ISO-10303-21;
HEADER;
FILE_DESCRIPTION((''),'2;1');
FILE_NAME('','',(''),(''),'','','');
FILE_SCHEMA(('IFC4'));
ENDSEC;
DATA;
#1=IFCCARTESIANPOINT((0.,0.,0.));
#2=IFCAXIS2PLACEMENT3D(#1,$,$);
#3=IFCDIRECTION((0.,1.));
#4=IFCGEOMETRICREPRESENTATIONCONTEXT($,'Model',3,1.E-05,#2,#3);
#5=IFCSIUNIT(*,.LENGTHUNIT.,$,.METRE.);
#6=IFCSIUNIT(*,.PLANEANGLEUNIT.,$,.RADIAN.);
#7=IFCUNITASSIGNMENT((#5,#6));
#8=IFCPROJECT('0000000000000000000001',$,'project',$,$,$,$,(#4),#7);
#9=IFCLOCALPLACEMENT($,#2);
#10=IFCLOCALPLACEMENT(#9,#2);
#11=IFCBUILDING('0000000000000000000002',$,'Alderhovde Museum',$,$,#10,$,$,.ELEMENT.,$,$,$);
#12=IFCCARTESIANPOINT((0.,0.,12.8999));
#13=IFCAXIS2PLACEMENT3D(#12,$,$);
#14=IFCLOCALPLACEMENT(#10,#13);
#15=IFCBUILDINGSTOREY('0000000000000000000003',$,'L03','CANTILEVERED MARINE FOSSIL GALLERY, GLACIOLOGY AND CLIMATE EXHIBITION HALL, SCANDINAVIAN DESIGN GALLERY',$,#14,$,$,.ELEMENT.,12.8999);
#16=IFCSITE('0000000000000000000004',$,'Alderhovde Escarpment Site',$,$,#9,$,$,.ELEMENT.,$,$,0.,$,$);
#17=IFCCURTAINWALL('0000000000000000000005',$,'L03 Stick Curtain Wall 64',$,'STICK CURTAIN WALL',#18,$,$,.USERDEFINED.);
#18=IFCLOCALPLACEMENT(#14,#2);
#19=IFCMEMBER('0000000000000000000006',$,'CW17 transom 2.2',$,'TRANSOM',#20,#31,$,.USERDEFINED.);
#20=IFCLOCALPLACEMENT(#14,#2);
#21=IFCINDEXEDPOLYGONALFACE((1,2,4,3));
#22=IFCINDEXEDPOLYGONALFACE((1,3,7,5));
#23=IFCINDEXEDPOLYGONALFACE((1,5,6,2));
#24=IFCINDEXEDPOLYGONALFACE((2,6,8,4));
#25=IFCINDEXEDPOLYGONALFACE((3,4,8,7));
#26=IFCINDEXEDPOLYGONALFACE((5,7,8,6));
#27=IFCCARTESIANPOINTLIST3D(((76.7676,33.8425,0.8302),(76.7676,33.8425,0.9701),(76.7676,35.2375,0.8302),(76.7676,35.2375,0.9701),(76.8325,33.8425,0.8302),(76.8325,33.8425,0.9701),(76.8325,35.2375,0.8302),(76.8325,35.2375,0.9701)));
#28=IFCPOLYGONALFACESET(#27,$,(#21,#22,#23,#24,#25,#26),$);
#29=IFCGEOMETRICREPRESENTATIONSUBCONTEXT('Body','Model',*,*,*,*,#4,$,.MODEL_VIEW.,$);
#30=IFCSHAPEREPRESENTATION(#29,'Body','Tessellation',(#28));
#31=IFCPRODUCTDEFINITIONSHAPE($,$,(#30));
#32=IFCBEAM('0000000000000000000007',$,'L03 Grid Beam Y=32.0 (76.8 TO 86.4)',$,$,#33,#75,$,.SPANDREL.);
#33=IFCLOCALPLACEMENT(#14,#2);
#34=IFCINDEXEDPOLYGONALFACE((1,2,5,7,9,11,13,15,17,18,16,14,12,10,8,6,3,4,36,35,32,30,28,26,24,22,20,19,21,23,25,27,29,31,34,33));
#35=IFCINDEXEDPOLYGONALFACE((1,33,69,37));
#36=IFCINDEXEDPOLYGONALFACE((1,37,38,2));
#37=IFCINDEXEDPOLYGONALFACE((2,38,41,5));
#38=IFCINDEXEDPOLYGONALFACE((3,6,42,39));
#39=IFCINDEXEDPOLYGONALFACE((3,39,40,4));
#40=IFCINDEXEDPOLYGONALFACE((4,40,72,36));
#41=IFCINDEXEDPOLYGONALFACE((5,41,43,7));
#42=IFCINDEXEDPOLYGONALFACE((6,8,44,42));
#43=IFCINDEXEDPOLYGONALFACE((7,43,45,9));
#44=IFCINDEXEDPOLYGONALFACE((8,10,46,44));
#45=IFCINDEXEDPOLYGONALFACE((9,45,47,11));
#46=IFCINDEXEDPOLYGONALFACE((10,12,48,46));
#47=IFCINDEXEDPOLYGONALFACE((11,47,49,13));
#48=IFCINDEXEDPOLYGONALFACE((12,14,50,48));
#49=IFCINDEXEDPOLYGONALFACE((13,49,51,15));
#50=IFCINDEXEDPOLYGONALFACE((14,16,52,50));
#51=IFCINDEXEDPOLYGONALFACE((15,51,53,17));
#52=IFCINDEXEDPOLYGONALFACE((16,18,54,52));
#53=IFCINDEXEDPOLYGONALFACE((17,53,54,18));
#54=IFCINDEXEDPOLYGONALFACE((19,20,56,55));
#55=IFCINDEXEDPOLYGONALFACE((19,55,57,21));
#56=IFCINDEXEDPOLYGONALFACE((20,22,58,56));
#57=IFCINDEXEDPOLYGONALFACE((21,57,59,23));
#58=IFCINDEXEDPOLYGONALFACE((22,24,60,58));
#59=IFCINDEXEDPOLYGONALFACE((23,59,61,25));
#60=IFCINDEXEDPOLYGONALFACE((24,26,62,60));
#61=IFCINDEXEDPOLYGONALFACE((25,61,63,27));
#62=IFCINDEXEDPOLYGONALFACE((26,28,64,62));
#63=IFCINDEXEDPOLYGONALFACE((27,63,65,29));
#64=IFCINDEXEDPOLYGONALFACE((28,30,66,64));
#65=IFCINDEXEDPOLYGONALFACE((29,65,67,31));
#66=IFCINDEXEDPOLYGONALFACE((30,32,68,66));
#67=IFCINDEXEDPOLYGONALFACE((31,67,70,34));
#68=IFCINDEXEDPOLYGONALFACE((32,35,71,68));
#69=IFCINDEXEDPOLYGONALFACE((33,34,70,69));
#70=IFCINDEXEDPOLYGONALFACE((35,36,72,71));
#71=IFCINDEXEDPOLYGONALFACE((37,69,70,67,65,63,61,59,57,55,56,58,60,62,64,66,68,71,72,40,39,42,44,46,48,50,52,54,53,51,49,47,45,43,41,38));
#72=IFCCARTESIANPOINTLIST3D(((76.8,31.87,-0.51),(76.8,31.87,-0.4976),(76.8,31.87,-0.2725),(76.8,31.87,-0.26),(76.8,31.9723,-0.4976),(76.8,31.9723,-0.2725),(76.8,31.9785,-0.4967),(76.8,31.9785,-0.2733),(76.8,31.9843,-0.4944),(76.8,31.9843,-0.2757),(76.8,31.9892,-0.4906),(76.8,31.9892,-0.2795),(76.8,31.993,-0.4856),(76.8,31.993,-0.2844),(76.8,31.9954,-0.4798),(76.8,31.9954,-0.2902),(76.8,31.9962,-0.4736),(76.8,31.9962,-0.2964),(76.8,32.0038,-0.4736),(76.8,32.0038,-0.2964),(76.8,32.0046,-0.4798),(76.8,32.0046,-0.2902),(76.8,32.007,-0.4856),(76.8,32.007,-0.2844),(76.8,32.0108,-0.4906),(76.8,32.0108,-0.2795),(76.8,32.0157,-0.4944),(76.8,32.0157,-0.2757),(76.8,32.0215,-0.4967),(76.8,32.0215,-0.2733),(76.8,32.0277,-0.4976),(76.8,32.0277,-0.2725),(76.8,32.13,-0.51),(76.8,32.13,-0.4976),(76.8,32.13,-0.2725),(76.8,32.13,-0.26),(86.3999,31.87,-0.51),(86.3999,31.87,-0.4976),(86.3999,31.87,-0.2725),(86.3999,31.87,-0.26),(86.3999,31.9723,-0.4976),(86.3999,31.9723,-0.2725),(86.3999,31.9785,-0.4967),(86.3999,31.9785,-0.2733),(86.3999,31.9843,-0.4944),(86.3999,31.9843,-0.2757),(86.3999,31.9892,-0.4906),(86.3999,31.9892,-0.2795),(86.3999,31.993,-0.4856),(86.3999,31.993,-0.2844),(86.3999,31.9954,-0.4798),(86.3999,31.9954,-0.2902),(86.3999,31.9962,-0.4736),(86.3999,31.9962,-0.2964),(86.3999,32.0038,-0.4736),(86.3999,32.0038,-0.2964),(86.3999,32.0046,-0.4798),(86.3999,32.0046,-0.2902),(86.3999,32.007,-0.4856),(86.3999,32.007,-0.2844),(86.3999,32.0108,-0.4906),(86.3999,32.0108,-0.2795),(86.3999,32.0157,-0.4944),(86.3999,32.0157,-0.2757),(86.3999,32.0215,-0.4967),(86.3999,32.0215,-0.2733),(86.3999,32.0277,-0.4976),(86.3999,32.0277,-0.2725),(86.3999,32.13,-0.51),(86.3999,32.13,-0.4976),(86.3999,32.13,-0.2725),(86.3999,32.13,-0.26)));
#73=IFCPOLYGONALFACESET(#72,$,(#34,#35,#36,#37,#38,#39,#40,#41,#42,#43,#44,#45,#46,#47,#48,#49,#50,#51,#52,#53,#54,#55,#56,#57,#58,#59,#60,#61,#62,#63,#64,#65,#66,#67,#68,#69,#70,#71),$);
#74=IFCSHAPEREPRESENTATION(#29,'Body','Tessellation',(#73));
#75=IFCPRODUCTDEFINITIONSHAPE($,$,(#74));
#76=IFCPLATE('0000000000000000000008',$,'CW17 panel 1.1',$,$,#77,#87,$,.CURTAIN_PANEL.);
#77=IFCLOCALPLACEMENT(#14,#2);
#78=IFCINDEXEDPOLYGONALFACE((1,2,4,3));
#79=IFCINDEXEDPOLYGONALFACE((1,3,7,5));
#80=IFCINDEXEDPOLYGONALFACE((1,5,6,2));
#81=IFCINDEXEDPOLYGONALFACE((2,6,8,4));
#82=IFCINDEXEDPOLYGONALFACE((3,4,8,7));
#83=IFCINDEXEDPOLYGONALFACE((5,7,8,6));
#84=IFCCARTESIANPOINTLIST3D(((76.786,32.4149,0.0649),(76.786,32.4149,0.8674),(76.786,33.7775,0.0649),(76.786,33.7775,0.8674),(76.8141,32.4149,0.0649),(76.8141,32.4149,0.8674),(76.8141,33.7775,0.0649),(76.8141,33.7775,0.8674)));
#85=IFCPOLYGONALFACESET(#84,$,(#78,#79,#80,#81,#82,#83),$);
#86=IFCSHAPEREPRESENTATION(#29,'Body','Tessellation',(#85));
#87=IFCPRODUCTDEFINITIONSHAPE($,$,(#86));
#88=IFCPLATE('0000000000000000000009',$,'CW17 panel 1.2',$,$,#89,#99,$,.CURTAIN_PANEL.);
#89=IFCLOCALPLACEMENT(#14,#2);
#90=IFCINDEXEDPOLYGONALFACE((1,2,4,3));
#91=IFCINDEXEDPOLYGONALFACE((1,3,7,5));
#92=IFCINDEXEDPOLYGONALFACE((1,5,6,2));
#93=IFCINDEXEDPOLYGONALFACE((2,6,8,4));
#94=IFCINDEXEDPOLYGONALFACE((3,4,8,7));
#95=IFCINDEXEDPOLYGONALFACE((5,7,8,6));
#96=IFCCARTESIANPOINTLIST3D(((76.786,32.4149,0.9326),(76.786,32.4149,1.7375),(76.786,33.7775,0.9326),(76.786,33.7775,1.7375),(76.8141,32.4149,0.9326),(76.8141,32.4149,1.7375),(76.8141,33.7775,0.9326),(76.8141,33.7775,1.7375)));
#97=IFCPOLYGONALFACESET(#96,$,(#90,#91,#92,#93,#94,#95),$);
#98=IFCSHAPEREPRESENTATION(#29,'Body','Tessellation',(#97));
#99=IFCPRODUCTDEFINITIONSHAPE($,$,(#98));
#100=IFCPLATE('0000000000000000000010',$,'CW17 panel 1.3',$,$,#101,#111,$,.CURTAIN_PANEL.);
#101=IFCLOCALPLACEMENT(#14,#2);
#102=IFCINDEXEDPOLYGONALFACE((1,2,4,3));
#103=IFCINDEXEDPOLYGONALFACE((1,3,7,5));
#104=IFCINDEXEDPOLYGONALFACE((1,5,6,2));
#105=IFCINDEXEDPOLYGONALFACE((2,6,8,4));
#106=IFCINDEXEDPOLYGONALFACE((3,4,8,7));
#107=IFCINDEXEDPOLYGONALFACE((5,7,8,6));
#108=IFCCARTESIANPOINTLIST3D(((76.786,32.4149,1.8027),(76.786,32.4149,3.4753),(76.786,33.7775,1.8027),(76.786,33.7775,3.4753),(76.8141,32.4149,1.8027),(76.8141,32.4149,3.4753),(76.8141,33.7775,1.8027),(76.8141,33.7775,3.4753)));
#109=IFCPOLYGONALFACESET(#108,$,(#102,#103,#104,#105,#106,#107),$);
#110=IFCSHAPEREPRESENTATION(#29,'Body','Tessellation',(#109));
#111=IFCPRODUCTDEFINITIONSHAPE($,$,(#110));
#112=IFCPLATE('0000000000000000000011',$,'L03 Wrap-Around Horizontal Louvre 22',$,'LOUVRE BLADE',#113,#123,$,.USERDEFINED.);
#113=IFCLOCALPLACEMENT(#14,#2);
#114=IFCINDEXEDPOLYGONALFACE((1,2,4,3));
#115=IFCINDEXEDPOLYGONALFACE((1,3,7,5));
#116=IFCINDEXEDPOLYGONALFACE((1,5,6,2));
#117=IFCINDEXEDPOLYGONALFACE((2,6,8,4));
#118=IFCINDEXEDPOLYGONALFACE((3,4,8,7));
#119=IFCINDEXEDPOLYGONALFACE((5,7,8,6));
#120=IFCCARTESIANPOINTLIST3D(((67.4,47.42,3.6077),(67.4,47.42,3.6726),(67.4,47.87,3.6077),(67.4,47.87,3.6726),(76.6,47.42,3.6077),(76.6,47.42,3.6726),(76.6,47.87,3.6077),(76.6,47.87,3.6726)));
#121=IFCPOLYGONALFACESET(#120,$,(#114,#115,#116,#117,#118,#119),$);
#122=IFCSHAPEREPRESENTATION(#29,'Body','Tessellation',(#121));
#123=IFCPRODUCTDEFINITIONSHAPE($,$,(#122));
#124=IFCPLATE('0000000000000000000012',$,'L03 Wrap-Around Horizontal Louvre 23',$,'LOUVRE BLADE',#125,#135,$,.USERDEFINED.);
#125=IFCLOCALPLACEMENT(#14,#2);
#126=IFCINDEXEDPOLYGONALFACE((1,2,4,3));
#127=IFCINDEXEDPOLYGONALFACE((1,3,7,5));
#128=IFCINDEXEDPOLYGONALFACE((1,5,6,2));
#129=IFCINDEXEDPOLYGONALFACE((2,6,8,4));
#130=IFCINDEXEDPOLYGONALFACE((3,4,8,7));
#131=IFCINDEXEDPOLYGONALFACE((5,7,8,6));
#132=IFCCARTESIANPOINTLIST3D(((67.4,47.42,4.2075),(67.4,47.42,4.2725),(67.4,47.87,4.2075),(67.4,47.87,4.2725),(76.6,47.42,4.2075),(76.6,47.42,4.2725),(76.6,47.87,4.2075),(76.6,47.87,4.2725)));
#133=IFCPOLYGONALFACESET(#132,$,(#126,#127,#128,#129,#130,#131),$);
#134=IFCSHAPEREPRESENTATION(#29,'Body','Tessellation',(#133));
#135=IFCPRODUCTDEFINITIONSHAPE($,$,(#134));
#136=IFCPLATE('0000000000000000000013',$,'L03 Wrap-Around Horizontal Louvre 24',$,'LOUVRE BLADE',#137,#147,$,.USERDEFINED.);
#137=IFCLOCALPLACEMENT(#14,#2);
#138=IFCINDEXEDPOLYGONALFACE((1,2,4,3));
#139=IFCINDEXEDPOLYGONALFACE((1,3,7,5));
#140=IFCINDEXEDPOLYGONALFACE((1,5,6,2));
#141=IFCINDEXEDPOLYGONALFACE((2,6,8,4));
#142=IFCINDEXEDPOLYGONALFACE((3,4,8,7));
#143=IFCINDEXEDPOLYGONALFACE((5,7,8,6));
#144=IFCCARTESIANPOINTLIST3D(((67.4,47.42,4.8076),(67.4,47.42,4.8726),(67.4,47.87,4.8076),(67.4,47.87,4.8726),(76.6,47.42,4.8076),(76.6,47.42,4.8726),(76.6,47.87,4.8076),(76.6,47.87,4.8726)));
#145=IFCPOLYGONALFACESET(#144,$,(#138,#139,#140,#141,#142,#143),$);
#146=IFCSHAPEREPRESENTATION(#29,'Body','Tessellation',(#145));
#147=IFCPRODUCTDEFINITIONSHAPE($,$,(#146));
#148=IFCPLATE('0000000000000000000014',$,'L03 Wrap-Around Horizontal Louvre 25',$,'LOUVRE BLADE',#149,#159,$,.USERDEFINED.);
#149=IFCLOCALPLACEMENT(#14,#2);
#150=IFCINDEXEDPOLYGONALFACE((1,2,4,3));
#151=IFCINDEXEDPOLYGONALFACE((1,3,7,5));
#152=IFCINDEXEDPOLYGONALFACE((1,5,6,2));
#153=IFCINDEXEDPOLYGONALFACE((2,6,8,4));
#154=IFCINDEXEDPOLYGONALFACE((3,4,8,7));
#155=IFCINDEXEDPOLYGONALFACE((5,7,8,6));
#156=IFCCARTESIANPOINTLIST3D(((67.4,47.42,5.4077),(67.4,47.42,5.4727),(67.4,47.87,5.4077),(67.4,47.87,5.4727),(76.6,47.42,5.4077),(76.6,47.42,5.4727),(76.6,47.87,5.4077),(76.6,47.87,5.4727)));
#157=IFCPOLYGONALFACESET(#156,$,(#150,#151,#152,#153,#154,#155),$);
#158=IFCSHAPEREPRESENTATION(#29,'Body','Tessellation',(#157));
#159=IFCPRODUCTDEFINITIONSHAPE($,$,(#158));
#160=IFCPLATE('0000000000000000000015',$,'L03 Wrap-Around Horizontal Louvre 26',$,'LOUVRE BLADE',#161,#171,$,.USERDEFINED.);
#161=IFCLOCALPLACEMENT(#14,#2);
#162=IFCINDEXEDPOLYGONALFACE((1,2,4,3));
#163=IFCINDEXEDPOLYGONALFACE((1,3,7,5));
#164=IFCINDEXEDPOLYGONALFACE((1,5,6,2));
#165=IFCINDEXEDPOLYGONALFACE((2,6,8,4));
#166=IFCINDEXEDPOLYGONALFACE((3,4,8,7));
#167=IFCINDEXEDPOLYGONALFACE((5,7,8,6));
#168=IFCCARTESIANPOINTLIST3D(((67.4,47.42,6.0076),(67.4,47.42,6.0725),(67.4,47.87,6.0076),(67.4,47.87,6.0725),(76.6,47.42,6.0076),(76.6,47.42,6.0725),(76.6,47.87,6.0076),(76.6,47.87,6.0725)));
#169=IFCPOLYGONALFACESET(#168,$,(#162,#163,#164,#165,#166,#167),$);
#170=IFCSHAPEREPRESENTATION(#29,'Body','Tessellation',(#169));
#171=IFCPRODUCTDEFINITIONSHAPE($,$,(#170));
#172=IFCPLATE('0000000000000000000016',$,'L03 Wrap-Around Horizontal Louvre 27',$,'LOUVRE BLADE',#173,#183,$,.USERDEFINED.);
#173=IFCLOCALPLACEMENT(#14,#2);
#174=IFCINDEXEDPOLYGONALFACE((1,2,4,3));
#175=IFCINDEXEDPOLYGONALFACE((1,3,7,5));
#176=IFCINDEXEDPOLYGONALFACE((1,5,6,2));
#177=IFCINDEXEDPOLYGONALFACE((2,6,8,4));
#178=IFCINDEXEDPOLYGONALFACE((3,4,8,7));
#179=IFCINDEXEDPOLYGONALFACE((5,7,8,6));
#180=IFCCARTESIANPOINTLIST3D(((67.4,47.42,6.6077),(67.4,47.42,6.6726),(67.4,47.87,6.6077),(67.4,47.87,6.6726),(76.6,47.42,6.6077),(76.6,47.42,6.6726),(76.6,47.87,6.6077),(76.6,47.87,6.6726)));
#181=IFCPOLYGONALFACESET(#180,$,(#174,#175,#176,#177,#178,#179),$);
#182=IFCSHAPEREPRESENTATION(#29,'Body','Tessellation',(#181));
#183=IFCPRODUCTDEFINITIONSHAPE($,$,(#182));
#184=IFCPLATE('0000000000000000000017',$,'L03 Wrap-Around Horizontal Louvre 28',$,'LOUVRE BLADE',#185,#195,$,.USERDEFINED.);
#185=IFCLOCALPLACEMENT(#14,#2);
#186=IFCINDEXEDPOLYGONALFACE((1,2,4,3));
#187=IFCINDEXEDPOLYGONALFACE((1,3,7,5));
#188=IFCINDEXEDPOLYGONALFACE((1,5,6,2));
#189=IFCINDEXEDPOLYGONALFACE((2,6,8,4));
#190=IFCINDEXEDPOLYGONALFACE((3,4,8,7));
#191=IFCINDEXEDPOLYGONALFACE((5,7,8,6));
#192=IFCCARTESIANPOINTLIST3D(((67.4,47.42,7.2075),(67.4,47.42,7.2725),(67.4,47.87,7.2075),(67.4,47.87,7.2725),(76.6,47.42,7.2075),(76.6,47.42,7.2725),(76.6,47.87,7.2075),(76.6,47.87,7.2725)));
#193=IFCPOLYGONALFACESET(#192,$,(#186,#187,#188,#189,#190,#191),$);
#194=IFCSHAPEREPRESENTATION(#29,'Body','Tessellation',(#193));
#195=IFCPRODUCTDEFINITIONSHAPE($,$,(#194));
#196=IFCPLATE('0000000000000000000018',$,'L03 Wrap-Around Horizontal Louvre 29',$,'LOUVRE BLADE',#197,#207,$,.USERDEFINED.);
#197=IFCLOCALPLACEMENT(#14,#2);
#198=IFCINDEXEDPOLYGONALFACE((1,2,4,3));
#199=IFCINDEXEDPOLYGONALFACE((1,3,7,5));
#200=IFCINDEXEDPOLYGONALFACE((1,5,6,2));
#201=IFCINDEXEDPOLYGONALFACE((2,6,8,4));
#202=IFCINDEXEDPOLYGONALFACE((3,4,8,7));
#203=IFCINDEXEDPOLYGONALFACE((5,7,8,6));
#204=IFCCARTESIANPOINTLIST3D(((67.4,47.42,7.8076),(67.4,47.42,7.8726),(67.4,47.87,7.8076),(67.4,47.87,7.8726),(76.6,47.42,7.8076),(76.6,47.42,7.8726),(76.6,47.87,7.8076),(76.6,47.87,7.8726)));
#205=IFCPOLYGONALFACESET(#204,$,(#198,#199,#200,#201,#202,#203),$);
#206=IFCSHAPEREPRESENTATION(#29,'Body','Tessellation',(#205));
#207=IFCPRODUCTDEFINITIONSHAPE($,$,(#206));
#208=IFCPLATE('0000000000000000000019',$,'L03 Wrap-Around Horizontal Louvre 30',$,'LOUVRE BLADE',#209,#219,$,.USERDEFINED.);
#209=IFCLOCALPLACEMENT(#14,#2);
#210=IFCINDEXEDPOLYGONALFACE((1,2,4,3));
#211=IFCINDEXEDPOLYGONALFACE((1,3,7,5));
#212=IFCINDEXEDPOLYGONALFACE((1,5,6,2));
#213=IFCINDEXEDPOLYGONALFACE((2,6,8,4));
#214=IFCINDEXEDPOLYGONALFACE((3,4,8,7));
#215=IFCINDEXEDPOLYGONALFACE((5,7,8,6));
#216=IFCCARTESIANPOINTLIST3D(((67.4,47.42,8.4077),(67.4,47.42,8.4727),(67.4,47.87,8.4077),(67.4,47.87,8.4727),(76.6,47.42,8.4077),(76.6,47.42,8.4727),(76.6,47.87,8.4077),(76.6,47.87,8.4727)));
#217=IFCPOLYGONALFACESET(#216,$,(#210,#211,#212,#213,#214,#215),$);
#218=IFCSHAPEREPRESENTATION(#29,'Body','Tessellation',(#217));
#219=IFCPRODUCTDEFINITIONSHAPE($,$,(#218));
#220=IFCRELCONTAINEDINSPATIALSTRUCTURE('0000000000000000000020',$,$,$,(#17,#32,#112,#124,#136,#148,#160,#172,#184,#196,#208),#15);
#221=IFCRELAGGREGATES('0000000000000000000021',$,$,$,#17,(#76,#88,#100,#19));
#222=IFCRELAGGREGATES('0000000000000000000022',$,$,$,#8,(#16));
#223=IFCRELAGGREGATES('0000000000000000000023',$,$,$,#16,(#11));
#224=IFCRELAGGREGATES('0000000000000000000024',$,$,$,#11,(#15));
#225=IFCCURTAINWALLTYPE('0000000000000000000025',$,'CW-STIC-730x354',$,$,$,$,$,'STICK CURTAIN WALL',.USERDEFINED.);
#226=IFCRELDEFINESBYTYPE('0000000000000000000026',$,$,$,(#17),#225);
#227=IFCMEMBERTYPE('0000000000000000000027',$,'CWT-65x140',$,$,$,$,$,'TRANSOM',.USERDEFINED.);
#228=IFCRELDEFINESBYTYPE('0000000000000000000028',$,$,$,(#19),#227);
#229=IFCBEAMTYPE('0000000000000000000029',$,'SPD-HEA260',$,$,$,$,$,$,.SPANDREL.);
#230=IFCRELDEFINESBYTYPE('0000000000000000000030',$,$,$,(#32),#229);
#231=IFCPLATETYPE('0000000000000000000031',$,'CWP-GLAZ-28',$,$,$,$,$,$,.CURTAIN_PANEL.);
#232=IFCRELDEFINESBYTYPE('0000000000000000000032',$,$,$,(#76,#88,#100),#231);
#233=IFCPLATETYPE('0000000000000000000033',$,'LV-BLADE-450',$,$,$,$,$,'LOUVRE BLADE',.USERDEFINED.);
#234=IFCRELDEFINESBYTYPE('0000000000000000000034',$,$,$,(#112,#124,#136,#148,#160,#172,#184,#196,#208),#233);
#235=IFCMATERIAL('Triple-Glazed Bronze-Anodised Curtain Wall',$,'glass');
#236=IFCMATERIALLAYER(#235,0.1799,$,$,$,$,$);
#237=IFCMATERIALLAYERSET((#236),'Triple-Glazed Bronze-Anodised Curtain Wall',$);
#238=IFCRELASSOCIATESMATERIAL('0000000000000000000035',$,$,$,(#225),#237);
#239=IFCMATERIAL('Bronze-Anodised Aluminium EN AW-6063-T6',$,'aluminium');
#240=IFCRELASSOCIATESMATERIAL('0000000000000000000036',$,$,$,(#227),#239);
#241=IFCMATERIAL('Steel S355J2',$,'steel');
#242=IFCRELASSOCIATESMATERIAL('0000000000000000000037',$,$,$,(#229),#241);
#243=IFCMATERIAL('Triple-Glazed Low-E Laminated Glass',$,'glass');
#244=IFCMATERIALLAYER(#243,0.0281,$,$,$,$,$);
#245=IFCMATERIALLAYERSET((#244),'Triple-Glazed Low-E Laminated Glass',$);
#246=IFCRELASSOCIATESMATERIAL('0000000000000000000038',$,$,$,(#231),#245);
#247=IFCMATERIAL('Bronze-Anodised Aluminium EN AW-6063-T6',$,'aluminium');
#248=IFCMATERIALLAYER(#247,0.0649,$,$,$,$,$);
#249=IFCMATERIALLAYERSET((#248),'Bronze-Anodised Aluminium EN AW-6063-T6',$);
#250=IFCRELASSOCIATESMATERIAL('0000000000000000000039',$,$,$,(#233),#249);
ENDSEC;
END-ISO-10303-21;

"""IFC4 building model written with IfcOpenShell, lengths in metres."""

from ifc_helpers import new_model, si_unit, direction, frame, origin, origin_2d, place, context, subcontext, project, spatial, rectangle, i_section, extrude, material, layer, layer_set, material_profile, profile_set, type_object, element, aggregate, save


model = new_model("IFC4")

# Units and contexts
model_context = context("Model", 3, precision=1e-05, world=origin(), true_north=direction((0.0, 1.0)))
body_context = subcontext(model_context, "Body", "Model", "MODEL_VIEW")
ifc_project = project(units=[si_unit("LENGTHUNIT", "METRE"), si_unit("PLANEANGLEUNIT", "RADIAN")], contexts=[model_context])

# Site, building, storey
site_placement = place(None, origin())
site = spatial("IfcSite", under=ifc_project, at=site_placement, Name="Alderhovde Escarpment Site", CompositionType="ELEMENT", RefElevation=0.0)
building_placement = place(site_placement, origin())
building = spatial("IfcBuilding", under=site, at=building_placement, Name="Alderhovde Museum", CompositionType="ELEMENT")
storey_placement = place(building_placement, frame((0.0, 0.0, 12.8999)))
storey = spatial("IfcBuildingStorey", under=building, at=storey_placement, Name="L03", Description="CANTILEVERED MARINE FOSSIL GALLERY, GLACIOLOGY AND CLIMATE EXHIBITION HALL, SCANDINAVIAN DESIGN GALLERY", CompositionType="ELEMENT", Elevation=12.8999)

# Curtain wall, member
ifc_material_1 = material(Name="Triple-Glazed Bronze-Anodised Curtain Wall", Category="glass")
ifc_layer_1 = layer(ifc_material_1, 0.1799)
ifc_layer_set_1 = layer_set([ifc_layer_1], Name="Triple-Glazed Bronze-Anodised Curtain Wall")
curtain_wall_type = type_object("IfcCurtainWallType", Name="CW-STIC-730x354", ElementType="STICK CURTAIN WALL", PredefinedType="USERDEFINED", material=ifc_layer_set_1)
curtain_wall_placement = place(storey_placement, origin())
curtain_wall = element("IfcCurtainWall", 1, at=curtain_wall_placement, inside=storey, type_object=curtain_wall_type, Name="L03 Stick Curtain Wall 64", ObjectType="STICK CURTAIN WALL", PredefinedType="USERDEFINED")
ifc_material_2 = material(Name="Bronze-Anodised Aluminium EN AW-6063-T6", Category="aluminium")
ifc_material_profile_1 = material_profile(ifc_material_2, rectangle(XDim=0.0649, YDim=0.1399, at=origin_2d()), Name="TRANSOM 65x140")
ifc_profile_set_1 = profile_set([ifc_material_profile_1], Name="Bronze-Anodised Aluminium EN AW-6063-T6")
member_type_1 = type_object("IfcMemberType", Name="CWT-65x140", ElementType="TRANSOM", PredefinedType="USERDEFINED", material=ifc_profile_set_1)
member_1_placement = place(storey_placement, frame((76.8, 33.8425, 0.9001), z_axis=(0.0, 1.0, 0.0), x_axis=(-1.0, 0.0, 0.0)))
member_1 = element("IfcMember", 2, at=member_1_placement, type_object=member_type_1, Name="CW17 transom 2.2", ObjectType="TRANSOM", PredefinedType="USERDEFINED", context=body_context, shape_type="SweptSolid", body=[
    extrude(rectangle(XDim=0.0649, YDim=0.1399, at=origin_2d()), origin(), (0.0, 0.0, 1.0), 1.395),
])

# Beam
ifc_material_3 = material(Name="Steel S355J2", Category="steel")
ifc_material_profile_2 = material_profile(ifc_material_3, i_section(OverallWidth=0.26, OverallDepth=0.25, WebThickness=0.0076, FlangeThickness=0.0125, FilletRadius=0.0239, at=origin_2d()), Name="HEA 260")
ifc_profile_set_2 = profile_set([ifc_material_profile_2], Name="Steel S355J2")
beam_type_1 = type_object("IfcBeamType", Name="SPD-HEA260", PredefinedType="SPANDREL", material=ifc_profile_set_2)
beam_1_placement = place(storey_placement, frame((76.8, 32.0, -0.385), z_axis=(1.0, 0.0, 0.0), x_axis=(0.0, 1.0, 0.0)))
element("IfcBeam", 3, at=beam_1_placement, inside=storey, type_object=beam_type_1, Name="L03 Grid Beam Y=32.0 (76.8 TO 86.4)", PredefinedType="SPANDREL", context=body_context, shape_type="SweptSolid", body=[
    extrude(i_section(OverallWidth=0.26, OverallDepth=0.25, WebThickness=0.0076, FlangeThickness=0.0125, FilletRadius=0.0239, at=origin_2d()), origin(), (0.0, 0.0, 1.0), 9.5999),
])

# Plates
ifc_material_4 = material(Name="Triple-Glazed Low-E Laminated Glass", Category="glass")
ifc_layer_2 = layer(ifc_material_4, 0.0281)
ifc_layer_set_2 = layer_set([ifc_layer_2], Name="Triple-Glazed Low-E Laminated Glass")
plate_type_1 = type_object("IfcPlateType", Name="CWP-GLAZ-28", PredefinedType="CURTAIN_PANEL", material=ifc_layer_set_2)
plate_1_placement = place(storey_placement, frame((76.8, 33.0962, 0.0649), z_axis=(0.0, 0.0, 1.0), x_axis=(0.0, 1.0, 0.0)))
plate_1 = element("IfcPlate", 4, at=plate_1_placement, type_object=plate_type_1, Name="CW17 panel 1.1", PredefinedType="CURTAIN_PANEL", context=body_context, shape_type="SweptSolid", body=[
    extrude(rectangle(XDim=1.3625, YDim=0.0281, at=origin_2d()), origin(), (0.0, 0.0, 1.0), 0.8025),
])
plate_2_placement = place(storey_placement, frame((76.8, 33.0962, 0.9326), z_axis=(0.0, 0.0, 1.0), x_axis=(0.0, 1.0, 0.0)))
plate_2 = element("IfcPlate", 5, at=plate_2_placement, type_object=plate_type_1, Name="CW17 panel 1.2", PredefinedType="CURTAIN_PANEL", context=body_context, shape_type="SweptSolid", body=[
    extrude(rectangle(XDim=1.3625, YDim=0.0281, at=origin_2d()), origin(), (0.0, 0.0, 1.0), 0.8049),
])
plate_3_placement = place(storey_placement, frame((76.8, 33.0962, 1.8027), z_axis=(0.0, 0.0, 1.0), x_axis=(0.0, 1.0, 0.0)))
plate_3 = element("IfcPlate", 6, at=plate_3_placement, type_object=plate_type_1, Name="CW17 panel 1.3", PredefinedType="CURTAIN_PANEL", context=body_context, shape_type="SweptSolid", body=[
    extrude(rectangle(XDim=1.3625, YDim=0.0281, at=origin_2d()), origin(), (0.0, 0.0, 1.0), 1.6726),
])
aggregate(curtain_wall, [plate_1, plate_2, plate_3, member_1])

# Plates
ifc_material_5 = material(Name="Bronze-Anodised Aluminium EN AW-6063-T6", Category="aluminium")
ifc_layer_3 = layer(ifc_material_5, 0.0649)
ifc_layer_set_3 = layer_set([ifc_layer_3], Name="Bronze-Anodised Aluminium EN AW-6063-T6")
plate_type_2 = type_object("IfcPlateType", Name="LV-BLADE-450", ElementType="LOUVRE BLADE", PredefinedType="USERDEFINED", material=ifc_layer_set_3)
for number, where, z_axis, x_axis, name in (
    (7, (72.0, 47.645, 3.6077), (0.0, 0.0, 1.0), (1.0, 0.0, 0.0), "L03 Wrap-Around Horizontal Louvre 22"),
    (8, (72.0, 47.645, 4.2075), (0.0, 0.0, 1.0), (1.0, 0.0, 0.0), "L03 Wrap-Around Horizontal Louvre 23"),
    (9, (72.0, 47.645, 4.8076), (0.0, 0.0, 1.0), (1.0, 0.0, 0.0), "L03 Wrap-Around Horizontal Louvre 24"),
    (10, (72.0, 47.645, 5.4077), (0.0, 0.0, 1.0), (1.0, 0.0, 0.0), "L03 Wrap-Around Horizontal Louvre 25"),
    (11, (72.0, 47.645, 6.0076), (0.0, 0.0, 1.0), (1.0, 0.0, 0.0), "L03 Wrap-Around Horizontal Louvre 26"),
    (12, (72.0, 47.645, 6.6077), (0.0, 0.0, 1.0), (1.0, 0.0, 0.0), "L03 Wrap-Around Horizontal Louvre 27"),
    (13, (72.0, 47.645, 7.2075), (0.0, 0.0, 1.0), (1.0, 0.0, 0.0), "L03 Wrap-Around Horizontal Louvre 28"),
    (14, (72.0, 47.645, 7.8076), (0.0, 0.0, 1.0), (1.0, 0.0, 0.0), "L03 Wrap-Around Horizontal Louvre 29"),
    (15, (72.0, 47.645, 8.4077), (0.0, 0.0, 1.0), (1.0, 0.0, 0.0), "L03 Wrap-Around Horizontal Louvre 30"),
):
    element("IfcPlate", number, at=place(storey_placement, frame(where, z_axis=z_axis, x_axis=x_axis)), inside=storey, type_object=plate_type_2, Name=name, ObjectType="LOUVRE BLADE", PredefinedType="USERDEFINED", context=body_context, shape_type="SweptSolid", body=[
        extrude(rectangle(XDim=9.2, YDim=0.45, at=origin_2d()), origin(), (0.0, 0.0, 1.0), 0.0649),
    ])

save(model, "model.ifc")
